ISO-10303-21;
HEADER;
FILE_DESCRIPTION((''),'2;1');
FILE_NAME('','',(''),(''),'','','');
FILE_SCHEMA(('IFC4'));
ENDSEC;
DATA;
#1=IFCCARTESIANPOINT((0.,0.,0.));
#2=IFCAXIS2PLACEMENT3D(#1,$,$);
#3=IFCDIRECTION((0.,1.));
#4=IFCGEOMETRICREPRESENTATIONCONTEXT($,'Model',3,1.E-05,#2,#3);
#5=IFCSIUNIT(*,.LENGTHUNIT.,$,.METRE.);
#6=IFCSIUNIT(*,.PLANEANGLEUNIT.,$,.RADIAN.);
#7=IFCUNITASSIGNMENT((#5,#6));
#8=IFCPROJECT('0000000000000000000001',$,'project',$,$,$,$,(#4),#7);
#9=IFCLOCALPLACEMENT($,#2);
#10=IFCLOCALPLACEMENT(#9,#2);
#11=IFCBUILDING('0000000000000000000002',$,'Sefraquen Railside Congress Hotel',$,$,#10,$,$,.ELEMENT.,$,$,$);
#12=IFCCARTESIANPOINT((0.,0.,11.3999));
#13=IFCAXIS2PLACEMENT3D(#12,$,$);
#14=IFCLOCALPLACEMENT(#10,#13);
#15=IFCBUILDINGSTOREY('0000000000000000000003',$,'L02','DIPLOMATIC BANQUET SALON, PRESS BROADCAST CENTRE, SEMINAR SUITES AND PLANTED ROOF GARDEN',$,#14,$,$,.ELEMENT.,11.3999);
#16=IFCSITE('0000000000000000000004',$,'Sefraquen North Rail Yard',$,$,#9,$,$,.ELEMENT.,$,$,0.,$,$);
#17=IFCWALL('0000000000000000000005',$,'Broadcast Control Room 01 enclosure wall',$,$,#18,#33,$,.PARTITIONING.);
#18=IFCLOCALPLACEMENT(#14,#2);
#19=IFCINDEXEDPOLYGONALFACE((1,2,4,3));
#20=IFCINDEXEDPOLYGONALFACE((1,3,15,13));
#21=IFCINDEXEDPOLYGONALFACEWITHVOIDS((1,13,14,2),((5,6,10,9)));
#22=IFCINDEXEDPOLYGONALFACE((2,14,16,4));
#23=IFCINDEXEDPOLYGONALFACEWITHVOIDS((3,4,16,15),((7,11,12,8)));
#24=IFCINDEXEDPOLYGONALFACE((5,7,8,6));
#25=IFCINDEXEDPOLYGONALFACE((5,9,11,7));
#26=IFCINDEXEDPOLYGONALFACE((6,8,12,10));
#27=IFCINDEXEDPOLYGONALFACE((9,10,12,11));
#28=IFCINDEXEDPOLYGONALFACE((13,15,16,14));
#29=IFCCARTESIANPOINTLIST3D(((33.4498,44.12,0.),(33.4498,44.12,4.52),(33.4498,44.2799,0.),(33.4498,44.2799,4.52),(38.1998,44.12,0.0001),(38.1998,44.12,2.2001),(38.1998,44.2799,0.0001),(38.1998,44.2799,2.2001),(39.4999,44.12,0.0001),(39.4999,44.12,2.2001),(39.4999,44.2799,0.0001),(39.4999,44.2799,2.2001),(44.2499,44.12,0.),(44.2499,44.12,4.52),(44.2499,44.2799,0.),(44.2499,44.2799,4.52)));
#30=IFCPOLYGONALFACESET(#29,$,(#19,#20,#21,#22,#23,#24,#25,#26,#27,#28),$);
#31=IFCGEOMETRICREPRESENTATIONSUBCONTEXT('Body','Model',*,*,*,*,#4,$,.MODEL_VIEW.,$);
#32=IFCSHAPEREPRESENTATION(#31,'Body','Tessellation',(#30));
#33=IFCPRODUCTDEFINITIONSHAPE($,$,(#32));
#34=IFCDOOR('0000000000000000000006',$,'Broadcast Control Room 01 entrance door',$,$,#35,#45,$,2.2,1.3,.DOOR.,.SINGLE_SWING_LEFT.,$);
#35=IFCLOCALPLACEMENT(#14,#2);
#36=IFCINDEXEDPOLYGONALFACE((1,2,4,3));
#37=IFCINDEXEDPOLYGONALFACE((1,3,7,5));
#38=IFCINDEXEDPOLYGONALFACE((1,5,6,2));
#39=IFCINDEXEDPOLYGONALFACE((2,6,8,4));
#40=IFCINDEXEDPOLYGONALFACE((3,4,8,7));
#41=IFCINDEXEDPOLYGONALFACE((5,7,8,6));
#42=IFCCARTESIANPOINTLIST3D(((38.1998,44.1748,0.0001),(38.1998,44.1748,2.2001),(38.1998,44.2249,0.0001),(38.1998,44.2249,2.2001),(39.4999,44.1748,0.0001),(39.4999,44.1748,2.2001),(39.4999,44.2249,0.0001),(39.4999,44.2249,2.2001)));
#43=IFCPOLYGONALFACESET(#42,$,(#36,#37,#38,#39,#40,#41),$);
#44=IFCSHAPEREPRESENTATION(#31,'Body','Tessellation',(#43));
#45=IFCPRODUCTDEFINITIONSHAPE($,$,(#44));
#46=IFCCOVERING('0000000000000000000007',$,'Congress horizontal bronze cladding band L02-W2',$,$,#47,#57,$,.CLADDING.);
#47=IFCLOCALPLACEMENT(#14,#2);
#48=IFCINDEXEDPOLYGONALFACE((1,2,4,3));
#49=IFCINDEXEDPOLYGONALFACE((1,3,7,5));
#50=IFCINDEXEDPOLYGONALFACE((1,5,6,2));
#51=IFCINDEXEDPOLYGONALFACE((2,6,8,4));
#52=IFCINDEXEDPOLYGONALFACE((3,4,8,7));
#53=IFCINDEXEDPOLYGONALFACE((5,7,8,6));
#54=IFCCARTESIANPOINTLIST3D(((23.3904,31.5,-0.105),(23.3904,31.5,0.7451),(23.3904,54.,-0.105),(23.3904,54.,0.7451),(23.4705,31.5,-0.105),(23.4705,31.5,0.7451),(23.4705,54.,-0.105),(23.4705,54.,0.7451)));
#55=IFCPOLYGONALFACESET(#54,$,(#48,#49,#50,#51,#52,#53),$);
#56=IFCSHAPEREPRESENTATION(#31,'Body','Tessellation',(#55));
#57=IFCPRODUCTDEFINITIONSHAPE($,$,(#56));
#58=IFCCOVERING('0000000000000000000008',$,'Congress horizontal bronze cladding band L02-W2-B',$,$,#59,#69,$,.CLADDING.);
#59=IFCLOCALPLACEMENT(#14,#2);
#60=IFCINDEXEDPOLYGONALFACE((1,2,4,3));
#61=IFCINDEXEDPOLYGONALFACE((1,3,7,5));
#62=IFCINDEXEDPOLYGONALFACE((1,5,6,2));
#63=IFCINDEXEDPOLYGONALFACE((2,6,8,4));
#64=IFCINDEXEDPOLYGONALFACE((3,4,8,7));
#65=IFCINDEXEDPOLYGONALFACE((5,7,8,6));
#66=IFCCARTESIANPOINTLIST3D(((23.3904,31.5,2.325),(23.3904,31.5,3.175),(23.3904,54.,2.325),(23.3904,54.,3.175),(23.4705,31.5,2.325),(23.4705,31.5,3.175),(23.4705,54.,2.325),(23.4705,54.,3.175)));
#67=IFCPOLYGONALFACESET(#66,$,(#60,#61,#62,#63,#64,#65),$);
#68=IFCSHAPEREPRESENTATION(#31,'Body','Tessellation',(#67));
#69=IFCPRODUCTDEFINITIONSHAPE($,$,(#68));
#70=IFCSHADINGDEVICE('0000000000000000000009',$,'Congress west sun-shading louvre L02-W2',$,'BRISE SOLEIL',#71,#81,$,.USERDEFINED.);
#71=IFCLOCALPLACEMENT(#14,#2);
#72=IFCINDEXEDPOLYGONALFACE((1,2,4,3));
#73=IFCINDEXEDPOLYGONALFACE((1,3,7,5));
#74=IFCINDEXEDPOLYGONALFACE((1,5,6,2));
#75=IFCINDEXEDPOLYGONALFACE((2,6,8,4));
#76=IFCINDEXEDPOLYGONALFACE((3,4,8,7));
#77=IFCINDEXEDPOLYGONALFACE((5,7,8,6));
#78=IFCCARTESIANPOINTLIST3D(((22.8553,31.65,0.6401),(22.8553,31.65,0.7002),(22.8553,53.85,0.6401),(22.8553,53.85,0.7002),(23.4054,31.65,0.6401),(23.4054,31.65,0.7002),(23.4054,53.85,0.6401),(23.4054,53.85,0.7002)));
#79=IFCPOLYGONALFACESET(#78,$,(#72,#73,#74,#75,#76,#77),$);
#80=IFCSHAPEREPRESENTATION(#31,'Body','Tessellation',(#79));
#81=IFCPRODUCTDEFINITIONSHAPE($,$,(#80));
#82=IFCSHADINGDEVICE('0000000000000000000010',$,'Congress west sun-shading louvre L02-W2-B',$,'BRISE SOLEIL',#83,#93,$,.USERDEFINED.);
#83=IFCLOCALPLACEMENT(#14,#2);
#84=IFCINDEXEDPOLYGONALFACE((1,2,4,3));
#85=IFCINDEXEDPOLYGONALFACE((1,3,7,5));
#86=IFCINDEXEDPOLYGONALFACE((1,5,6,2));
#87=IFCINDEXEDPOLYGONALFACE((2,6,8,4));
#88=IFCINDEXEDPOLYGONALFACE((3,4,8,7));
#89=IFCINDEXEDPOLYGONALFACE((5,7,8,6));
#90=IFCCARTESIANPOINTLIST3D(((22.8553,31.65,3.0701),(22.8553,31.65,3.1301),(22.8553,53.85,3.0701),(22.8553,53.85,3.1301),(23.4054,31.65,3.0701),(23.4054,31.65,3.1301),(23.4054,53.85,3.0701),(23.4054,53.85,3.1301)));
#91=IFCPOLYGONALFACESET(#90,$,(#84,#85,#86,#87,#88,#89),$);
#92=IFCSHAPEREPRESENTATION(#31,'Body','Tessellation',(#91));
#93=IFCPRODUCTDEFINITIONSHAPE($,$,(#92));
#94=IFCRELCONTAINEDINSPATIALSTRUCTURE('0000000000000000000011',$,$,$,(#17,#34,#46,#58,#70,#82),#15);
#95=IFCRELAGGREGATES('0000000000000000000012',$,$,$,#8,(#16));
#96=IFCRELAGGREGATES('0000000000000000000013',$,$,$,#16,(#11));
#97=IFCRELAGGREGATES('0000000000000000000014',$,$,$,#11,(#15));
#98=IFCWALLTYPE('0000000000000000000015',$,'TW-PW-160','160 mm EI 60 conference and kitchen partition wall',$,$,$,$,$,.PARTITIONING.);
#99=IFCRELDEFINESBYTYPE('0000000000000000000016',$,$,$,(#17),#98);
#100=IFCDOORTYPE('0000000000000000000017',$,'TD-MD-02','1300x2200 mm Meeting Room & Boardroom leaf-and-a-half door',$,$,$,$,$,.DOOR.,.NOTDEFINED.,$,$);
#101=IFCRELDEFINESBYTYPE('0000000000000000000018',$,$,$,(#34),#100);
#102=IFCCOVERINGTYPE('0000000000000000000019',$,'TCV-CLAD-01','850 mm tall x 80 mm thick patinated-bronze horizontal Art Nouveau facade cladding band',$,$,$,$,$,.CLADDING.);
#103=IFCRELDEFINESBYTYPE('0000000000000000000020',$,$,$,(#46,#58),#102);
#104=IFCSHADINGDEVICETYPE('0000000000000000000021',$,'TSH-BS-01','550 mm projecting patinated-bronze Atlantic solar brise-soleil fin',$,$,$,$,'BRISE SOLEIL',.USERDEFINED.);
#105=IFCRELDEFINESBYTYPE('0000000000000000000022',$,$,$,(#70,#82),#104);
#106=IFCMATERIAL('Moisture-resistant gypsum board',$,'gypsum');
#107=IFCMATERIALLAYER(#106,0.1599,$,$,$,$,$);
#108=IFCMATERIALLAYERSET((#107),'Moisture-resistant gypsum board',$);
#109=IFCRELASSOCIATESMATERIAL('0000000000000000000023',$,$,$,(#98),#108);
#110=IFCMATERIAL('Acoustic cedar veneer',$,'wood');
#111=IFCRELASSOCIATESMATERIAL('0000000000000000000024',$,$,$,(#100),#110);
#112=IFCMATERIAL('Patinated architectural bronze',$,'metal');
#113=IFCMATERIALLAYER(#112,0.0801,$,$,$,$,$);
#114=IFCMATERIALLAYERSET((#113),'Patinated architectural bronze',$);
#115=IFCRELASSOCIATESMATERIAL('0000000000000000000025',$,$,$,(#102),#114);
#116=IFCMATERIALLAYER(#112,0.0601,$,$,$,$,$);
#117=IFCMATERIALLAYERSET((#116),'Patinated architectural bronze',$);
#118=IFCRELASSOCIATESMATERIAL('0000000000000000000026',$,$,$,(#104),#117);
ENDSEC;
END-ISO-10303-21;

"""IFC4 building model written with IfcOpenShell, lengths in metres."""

from ifc_helpers import new_model, si_unit, direction, frame, frame_2d, origin, origin_2d, place, context, subcontext, project, spatial, rectangle, extrude, material, layer, layer_set, type_object, element, fill, save


model = new_model("IFC4")

# Units and contexts
model_context = context("Model", 3, precision=1e-05, world=origin(), true_north=direction((0.0, 1.0)))
body_context = subcontext(model_context, "Body", "Model", "MODEL_VIEW")
ifc_project = project(units=[si_unit("LENGTHUNIT", "METRE"), si_unit("PLANEANGLEUNIT", "RADIAN")], contexts=[model_context])

# Site, building, storey
site_placement = place(None, origin())
site = spatial("IfcSite", under=ifc_project, at=site_placement, Name="Sefraquen North Rail Yard", CompositionType="ELEMENT", RefElevation=0.0)
building_placement = place(site_placement, origin())
building = spatial("IfcBuilding", under=site, at=building_placement, Name="Sefraquen Railside Congress Hotel", CompositionType="ELEMENT")
storey_placement = place(building_placement, frame((0.0, 0.0, 11.3999)))
storey = spatial("IfcBuildingStorey", under=building, at=storey_placement, Name="L02", Description="DIPLOMATIC BANQUET SALON, PRESS BROADCAST CENTRE, SEMINAR SUITES AND PLANTED ROOF GARDEN", CompositionType="ELEMENT", Elevation=11.3999)

# Wall, opening, door
ifc_material_1 = material(Name="Moisture-resistant gypsum board", Category="gypsum")
ifc_layer_1 = layer(ifc_material_1, 0.1599)
ifc_layer_set_1 = layer_set([ifc_layer_1], Name="Moisture-resistant gypsum board")
wall_type_1 = type_object("IfcWallType", Name="TW-PW-160", Description="160 mm EI 60 conference and kitchen partition wall", PredefinedType="PARTITIONING", material=ifc_layer_set_1)
wall_1_placement = place(storey_placement, frame((33.45, 44.2, 0.0), z_axis=(0.0, 0.0, 1.0), x_axis=(1.0, 0.0, 0.0)))
wall_1 = element("IfcWall", 1, at=wall_1_placement, inside=storey, type_object=wall_type_1, Name="Broadcast Control Room 01 enclosure wall", PredefinedType="PARTITIONING", context=body_context, shape_type="SweptSolid", body=[
    extrude(rectangle(XDim=10.8, YDim=0.1599, at=frame_2d((5.3999, 0.0))), origin(), (0.0, 0.0, 1.0), 4.52),
])
opening_1_placement = place(wall_1_placement, frame((4.75, 0.0, 0.0)))
opening_1 = element("IfcOpeningElement", 2, at=opening_1_placement, cuts=wall_1, PredefinedType="OPENING", context=body_context, shape_type="SweptSolid", body=[
    extrude(rectangle(XDim=1.3, YDim=2.2, at=frame_2d((0.6499, 1.1001))), frame((0.0, 0.0898, 0.0), z_axis=(0.0, -1.0, 0.0), x_axis=(1.0, 0.0, 0.0)), (0.0, 0.0, 1.0), 0.1799),
])
ifc_material_2 = material(Name="Acoustic cedar veneer", Category="wood")
door_type = type_object("IfcDoorType", Name="TD-MD-02", Description="1300x2200 mm Meeting Room & Boardroom leaf-and-a-half door", OperationType="NOTDEFINED", PredefinedType="DOOR", material=ifc_material_2)
door_placement = place(opening_1_placement, origin())
door = element("IfcDoor", 3, at=door_placement, inside=storey, type_object=door_type, Name="Broadcast Control Room 01 entrance door", OperationType="SINGLE_SWING_LEFT", OverallHeight=2.2, OverallWidth=1.3, PredefinedType="DOOR", context=body_context, shape_type="SweptSolid", body=[
    extrude(rectangle(XDim=1.3, YDim=2.2, at=frame_2d((0.6499, 1.1001))), frame((0.0, 0.0249, 0.0), z_axis=(0.0, -1.0, 0.0), x_axis=(1.0, 0.0, 0.0)), (0.0, 0.0, 1.0), 0.05),
])
fill(opening_1, door)

# Coverings
ifc_material_3 = material(Name="Patinated architectural bronze", Category="metal")
ifc_layer_2 = layer(ifc_material_3, 0.0801)
ifc_layer_set_2 = layer_set([ifc_layer_2], Name="Patinated architectural bronze")
covering_type = type_object("IfcCoveringType", Name="TCV-CLAD-01", Description="850 mm tall x 80 mm thick patinated-bronze horizontal Art Nouveau facade cladding band", PredefinedType="CLADDING", material=ifc_layer_set_2)
for number, where, z_axis, x_axis, name in (
    (4, (23.4304, 42.75, -0.105), (0.0, 0.0, 1.0), (1.0, 0.0, 0.0), "Congress horizontal bronze cladding band L02-W2"),
    (5, (23.4304, 42.75, 2.325), (0.0, 0.0, 1.0), (1.0, 0.0, 0.0), "Congress horizontal bronze cladding band L02-W2-B"),
):
    element("IfcCovering", number, at=place(storey_placement, frame(where, z_axis=z_axis, x_axis=x_axis)), inside=storey, type_object=covering_type, Name=name, PredefinedType="CLADDING", context=body_context, shape_type="SweptSolid", body=[
        extrude(rectangle(XDim=0.0801, YDim=22.5, at=origin_2d()), origin(), (0.0, 0.0, 1.0), 0.8501),
    ])

# Shading devices
ifc_layer_3 = layer(ifc_material_3, 0.0601)
ifc_layer_set_3 = layer_set([ifc_layer_3], Name="Patinated architectural bronze")
shading_device_type = type_object("IfcShadingDeviceType", Name="TSH-BS-01", Description="550 mm projecting patinated-bronze Atlantic solar brise-soleil fin", ElementType="BRISE SOLEIL", PredefinedType="USERDEFINED", material=ifc_layer_set_3)
for number, where, z_axis, x_axis, name in (
    (6, (23.1304, 42.75, 0.6401), (0.0, 0.0, 1.0), (1.0, 0.0, 0.0), "Congress west sun-shading louvre L02-W2"),
    (7, (23.1304, 42.75, 3.0701), (0.0, 0.0, 1.0), (1.0, 0.0, 0.0), "Congress west sun-shading louvre L02-W2-B"),
):
    element("IfcShadingDevice", number, at=place(storey_placement, frame(where, z_axis=z_axis, x_axis=x_axis)), inside=storey, type_object=shading_device_type, Name=name, ObjectType="BRISE SOLEIL", PredefinedType="USERDEFINED", context=body_context, shape_type="SweptSolid", body=[
        extrude(rectangle(XDim=0.55, YDim=22.2, at=origin_2d()), origin(), (0.0, 0.0, 1.0), 0.0601),
    ])

save(model, "model.ifc")
